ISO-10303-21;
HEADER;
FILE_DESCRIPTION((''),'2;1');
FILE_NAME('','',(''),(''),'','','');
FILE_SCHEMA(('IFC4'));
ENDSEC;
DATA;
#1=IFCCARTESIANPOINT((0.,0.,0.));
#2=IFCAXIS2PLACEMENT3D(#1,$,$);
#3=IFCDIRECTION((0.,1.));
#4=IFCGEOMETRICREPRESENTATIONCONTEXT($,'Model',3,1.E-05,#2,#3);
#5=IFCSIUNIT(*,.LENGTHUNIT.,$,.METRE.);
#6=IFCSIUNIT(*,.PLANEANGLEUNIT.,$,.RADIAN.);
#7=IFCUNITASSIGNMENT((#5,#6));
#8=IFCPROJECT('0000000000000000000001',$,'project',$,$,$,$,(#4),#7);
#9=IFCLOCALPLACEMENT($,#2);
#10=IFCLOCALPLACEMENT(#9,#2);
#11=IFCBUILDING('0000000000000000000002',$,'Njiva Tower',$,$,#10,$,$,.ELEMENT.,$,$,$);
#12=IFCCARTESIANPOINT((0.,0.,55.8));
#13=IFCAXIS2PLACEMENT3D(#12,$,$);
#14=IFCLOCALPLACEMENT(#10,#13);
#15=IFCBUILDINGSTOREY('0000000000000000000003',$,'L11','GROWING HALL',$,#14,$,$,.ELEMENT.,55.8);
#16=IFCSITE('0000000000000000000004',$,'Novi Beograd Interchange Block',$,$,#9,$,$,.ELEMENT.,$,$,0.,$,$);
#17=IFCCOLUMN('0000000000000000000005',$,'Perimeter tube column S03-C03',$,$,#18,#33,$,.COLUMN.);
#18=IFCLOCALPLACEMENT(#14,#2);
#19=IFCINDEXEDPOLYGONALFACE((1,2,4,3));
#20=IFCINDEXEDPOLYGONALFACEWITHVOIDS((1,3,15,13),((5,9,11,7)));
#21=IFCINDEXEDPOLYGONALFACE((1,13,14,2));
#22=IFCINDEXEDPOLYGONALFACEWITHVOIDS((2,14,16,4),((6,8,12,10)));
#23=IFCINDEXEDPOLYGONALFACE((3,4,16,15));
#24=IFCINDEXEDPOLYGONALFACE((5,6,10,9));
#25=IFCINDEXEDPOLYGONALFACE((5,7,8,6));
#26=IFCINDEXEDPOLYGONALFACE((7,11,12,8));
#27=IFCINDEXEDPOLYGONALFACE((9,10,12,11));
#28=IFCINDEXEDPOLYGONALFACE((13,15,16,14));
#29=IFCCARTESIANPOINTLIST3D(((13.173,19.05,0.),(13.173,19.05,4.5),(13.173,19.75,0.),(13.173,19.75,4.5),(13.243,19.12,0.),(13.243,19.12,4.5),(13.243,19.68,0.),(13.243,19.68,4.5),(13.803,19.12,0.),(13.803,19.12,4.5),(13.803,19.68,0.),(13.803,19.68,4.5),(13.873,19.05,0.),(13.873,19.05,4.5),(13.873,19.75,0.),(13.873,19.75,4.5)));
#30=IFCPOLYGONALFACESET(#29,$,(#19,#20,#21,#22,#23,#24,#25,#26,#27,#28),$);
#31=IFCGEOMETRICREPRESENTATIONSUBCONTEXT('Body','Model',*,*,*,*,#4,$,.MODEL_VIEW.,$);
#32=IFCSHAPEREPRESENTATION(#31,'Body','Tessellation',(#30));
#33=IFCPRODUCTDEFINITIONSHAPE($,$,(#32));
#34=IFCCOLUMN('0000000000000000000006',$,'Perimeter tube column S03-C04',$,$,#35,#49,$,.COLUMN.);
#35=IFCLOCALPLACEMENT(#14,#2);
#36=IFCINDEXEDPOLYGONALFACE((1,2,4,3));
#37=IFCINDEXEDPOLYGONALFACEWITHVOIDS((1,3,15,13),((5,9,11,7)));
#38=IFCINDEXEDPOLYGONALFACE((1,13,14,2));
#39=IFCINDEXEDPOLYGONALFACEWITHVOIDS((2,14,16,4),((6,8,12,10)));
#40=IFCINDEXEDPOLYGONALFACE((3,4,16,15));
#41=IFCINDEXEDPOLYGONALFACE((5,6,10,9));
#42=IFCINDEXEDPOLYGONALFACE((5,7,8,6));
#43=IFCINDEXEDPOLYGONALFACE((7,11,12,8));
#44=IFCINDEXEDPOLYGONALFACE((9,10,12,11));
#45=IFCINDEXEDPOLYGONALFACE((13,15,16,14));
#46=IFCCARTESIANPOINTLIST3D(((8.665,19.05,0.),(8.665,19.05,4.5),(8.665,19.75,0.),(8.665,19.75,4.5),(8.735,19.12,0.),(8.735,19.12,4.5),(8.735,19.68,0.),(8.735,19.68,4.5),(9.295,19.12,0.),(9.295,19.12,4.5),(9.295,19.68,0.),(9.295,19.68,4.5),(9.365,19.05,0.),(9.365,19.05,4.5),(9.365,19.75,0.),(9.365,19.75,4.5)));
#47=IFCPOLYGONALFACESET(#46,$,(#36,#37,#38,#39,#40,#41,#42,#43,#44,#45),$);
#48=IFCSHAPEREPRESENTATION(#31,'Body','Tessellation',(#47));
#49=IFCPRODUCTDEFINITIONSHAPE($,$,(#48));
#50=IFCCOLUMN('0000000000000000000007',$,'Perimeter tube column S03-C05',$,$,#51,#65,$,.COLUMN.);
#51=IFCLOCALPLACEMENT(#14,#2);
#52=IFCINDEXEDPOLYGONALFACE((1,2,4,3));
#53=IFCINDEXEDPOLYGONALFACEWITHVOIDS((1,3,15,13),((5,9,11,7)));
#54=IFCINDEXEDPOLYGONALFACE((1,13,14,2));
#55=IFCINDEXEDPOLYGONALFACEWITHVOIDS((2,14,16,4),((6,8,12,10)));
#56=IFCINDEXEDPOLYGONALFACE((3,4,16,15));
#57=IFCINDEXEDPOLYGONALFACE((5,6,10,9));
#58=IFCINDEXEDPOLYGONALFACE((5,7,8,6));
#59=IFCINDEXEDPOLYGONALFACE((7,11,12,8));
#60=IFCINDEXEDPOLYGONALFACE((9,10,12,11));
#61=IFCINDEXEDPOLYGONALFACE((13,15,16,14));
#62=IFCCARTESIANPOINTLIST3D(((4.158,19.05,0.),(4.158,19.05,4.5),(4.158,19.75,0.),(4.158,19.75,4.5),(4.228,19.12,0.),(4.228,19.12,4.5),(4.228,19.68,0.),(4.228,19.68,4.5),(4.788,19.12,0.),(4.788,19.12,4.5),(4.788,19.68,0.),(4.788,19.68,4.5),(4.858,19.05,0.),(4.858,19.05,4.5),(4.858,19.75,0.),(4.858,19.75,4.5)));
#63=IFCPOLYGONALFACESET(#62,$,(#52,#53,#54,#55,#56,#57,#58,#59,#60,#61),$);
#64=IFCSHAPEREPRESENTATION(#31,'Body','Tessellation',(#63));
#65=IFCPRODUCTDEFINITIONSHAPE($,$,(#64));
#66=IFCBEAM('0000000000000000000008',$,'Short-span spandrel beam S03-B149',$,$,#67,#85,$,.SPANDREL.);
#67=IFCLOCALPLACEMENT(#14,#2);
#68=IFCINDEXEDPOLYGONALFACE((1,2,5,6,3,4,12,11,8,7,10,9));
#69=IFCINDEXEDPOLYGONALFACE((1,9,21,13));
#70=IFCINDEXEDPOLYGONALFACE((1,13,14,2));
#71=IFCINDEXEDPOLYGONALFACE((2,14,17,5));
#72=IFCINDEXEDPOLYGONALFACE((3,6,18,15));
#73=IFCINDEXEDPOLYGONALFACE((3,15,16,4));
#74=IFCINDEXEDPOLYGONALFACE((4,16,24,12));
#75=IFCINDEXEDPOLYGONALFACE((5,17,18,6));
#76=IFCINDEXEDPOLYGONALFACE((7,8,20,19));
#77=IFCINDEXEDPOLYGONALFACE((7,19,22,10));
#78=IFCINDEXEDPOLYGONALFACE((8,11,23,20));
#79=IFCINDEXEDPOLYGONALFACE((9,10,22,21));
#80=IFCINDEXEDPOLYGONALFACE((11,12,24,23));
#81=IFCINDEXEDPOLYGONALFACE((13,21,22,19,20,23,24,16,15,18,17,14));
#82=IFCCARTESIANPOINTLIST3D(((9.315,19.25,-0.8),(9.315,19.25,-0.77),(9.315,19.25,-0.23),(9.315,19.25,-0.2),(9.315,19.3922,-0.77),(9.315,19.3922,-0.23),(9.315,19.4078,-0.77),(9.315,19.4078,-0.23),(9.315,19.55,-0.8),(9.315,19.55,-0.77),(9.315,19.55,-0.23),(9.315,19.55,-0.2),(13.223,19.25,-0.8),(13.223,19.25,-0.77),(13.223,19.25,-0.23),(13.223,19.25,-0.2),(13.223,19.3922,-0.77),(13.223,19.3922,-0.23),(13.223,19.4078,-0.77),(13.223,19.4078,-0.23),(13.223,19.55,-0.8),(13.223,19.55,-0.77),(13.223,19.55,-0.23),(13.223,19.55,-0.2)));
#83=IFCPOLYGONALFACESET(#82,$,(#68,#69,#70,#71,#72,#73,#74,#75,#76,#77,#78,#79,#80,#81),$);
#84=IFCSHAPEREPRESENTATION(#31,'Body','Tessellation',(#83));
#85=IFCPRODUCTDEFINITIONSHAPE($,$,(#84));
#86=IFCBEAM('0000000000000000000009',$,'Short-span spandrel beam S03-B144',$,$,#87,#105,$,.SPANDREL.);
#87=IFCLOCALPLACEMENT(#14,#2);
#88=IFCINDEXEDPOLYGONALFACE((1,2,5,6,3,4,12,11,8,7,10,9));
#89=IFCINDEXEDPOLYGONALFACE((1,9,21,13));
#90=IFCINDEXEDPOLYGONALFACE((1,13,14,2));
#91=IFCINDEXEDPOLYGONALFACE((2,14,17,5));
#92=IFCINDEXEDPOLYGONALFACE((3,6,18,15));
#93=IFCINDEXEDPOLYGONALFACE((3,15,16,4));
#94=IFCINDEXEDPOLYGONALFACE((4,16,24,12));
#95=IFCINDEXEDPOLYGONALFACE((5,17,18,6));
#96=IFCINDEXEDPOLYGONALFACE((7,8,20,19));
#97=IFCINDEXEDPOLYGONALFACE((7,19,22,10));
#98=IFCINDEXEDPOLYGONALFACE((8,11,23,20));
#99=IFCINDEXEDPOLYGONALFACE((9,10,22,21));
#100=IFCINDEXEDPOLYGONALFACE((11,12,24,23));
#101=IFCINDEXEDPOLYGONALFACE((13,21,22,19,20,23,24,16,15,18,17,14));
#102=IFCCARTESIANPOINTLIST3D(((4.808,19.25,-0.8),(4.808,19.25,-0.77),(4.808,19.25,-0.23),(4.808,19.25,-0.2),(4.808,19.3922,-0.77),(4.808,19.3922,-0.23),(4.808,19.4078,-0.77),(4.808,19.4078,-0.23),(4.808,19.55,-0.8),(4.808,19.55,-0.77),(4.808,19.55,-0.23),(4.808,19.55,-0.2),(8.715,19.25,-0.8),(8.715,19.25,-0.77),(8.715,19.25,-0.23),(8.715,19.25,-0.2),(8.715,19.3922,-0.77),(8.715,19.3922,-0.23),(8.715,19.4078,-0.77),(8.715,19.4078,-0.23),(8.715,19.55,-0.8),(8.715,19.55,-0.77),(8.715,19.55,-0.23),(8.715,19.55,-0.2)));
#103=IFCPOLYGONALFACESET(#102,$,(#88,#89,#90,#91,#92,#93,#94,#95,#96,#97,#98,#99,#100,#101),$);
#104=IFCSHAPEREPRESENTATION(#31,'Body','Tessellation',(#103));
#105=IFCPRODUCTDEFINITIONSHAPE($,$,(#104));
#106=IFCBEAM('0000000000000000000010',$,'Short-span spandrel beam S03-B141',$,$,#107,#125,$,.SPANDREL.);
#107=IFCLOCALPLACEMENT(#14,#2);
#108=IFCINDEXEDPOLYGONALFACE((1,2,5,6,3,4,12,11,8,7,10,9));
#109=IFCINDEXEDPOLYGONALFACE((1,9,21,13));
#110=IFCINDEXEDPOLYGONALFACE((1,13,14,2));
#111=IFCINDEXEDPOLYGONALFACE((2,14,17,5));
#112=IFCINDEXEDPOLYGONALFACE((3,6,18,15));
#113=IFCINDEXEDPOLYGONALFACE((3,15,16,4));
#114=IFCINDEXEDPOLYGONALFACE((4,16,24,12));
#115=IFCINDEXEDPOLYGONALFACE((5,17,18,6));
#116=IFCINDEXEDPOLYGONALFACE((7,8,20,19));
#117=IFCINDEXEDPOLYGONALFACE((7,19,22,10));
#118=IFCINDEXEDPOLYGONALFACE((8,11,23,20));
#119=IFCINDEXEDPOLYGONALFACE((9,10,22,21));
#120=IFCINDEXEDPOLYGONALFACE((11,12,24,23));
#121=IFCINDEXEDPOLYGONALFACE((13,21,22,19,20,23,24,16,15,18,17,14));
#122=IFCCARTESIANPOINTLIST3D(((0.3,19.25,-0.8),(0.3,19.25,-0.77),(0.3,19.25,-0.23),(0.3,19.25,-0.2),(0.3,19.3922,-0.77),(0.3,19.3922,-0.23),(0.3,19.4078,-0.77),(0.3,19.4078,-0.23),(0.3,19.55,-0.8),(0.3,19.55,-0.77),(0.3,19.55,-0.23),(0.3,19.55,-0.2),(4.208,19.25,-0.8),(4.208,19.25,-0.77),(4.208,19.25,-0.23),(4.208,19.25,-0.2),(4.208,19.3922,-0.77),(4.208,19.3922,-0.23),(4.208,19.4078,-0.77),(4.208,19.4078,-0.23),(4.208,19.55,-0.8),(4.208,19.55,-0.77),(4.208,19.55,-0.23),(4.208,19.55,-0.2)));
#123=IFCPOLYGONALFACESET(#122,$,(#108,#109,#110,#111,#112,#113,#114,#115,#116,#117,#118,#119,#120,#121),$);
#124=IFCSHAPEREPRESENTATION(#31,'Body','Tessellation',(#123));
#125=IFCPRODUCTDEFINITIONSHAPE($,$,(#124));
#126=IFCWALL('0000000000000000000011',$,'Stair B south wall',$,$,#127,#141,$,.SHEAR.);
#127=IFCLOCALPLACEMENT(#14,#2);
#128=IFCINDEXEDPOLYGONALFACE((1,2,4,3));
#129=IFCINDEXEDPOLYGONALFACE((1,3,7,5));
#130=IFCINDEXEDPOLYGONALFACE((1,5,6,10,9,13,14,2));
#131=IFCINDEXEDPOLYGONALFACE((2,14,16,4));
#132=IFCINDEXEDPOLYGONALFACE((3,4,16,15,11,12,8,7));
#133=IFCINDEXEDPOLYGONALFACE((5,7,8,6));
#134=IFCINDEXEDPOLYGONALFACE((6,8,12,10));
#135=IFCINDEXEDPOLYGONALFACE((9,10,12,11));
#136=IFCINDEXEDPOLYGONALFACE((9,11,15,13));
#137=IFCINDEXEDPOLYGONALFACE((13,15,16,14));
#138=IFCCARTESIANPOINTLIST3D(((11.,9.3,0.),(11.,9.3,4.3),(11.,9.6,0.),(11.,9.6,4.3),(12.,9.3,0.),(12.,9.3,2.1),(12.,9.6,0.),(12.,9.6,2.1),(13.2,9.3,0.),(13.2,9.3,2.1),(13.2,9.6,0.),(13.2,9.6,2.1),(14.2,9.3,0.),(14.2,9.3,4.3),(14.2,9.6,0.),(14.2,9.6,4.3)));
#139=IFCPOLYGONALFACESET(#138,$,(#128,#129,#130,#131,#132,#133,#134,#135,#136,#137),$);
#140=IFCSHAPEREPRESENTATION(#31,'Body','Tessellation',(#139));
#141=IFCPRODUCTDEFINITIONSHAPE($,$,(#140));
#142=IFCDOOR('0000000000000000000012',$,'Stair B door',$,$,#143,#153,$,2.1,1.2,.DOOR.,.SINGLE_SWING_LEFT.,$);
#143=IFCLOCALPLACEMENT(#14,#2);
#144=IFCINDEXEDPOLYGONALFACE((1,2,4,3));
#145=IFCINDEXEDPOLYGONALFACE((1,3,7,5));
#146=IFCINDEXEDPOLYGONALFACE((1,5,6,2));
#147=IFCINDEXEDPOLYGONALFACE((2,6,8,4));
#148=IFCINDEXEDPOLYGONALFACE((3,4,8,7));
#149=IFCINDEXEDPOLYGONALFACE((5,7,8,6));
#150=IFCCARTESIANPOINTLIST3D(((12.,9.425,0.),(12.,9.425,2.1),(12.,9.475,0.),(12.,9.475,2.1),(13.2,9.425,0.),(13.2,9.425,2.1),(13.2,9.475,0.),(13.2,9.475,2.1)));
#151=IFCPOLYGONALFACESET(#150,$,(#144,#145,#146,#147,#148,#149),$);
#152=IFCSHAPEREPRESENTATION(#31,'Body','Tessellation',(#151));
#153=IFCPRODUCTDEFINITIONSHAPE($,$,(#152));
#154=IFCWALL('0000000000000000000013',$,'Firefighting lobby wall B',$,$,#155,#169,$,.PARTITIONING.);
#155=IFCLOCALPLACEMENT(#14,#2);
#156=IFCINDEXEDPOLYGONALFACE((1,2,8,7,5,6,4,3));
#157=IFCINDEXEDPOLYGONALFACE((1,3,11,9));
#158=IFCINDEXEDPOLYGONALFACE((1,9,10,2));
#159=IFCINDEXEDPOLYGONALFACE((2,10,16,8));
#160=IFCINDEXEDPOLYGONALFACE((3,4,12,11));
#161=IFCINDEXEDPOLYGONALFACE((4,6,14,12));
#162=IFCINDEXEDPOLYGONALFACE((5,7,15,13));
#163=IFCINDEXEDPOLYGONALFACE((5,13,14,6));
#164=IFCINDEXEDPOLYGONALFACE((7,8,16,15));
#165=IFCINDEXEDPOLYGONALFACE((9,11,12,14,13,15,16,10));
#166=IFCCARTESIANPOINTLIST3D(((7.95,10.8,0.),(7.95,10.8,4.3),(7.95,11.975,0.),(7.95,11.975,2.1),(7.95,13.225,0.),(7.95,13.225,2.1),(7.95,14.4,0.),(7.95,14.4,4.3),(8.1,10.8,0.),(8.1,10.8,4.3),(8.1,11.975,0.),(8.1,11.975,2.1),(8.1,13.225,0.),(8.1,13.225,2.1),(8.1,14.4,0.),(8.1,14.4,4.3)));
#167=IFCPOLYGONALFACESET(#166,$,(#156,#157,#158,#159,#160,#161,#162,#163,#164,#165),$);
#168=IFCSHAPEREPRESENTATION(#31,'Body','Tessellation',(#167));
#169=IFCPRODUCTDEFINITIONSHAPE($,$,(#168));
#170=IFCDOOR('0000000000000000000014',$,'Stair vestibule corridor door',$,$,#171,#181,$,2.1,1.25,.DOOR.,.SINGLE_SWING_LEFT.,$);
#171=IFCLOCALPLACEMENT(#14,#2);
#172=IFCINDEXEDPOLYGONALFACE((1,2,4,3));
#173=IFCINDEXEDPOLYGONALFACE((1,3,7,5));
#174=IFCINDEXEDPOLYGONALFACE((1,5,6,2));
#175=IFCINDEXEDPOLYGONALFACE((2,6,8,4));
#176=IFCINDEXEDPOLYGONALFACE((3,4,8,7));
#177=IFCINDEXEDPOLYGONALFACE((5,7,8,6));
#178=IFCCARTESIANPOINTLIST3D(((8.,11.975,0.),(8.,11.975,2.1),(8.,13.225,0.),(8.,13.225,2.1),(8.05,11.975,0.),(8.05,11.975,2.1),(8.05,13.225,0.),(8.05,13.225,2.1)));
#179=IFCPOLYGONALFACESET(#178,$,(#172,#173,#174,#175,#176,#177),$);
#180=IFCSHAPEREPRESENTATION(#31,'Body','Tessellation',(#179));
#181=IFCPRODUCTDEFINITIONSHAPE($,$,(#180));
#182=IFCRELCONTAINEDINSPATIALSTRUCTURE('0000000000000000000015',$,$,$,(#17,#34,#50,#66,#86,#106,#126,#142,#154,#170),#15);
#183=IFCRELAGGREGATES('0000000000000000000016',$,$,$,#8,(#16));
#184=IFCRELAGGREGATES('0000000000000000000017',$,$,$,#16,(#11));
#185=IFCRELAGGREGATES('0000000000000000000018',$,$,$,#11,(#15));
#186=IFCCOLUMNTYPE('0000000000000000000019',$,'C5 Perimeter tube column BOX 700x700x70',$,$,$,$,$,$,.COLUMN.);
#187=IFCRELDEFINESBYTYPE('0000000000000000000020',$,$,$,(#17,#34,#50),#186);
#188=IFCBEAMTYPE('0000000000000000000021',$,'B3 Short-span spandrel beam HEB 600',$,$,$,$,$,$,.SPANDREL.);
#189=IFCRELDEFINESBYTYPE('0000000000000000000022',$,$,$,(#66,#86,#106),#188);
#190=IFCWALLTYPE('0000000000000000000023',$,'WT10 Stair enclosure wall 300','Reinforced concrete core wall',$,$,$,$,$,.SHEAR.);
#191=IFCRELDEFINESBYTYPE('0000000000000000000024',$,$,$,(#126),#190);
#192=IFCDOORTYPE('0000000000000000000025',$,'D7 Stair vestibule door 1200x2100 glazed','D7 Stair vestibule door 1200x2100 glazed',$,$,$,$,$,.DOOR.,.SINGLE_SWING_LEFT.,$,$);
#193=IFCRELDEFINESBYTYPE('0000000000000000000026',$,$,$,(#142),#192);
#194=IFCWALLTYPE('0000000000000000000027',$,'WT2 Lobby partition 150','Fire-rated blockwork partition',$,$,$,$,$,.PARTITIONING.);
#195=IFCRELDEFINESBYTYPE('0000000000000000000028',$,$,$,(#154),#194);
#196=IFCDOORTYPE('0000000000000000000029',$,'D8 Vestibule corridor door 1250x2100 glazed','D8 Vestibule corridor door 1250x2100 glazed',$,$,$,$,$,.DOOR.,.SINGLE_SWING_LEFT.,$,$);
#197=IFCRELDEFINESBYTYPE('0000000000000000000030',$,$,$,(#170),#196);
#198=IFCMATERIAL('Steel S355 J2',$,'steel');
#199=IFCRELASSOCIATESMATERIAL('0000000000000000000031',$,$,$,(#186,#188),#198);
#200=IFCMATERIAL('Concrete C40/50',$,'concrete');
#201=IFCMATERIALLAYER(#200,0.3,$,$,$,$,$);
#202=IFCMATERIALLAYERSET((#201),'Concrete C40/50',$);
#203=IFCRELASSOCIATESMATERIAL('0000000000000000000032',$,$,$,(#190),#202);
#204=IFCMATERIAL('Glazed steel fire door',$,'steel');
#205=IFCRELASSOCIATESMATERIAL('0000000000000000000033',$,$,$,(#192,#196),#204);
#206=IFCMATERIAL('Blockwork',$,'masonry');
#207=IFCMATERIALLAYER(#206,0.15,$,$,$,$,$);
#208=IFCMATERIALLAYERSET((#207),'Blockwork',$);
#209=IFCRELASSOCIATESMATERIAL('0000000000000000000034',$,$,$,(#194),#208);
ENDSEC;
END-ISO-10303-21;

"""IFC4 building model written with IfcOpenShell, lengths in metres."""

from ifc_helpers import new_model, si_unit, direction, frame, frame_2d, origin, origin_2d, place, context, subcontext, project, spatial, rectangle, hollow_rectangle, i_section, extrude, material, layer, layer_set, material_profile, profile_set, type_object, element, fill, save


model = new_model("IFC4")

# Units and contexts
model_context = context("Model", 3, precision=1e-05, world=origin(), true_north=direction((0.0, 1.0)))
body_context = subcontext(model_context, "Body", "Model", "MODEL_VIEW")
ifc_project = project(units=[si_unit("LENGTHUNIT", "METRE"), si_unit("PLANEANGLEUNIT", "RADIAN")], contexts=[model_context])

# Site, building, storey
site_placement = place(None, origin())
site = spatial("IfcSite", under=ifc_project, at=site_placement, Name="Novi Beograd Interchange Block", CompositionType="ELEMENT", RefElevation=0.0)
building_placement = place(site_placement, origin())
building = spatial("IfcBuilding", under=site, at=building_placement, Name="Njiva Tower", CompositionType="ELEMENT")
storey_placement = place(building_placement, frame((0.0, 0.0, 55.8)))
storey = spatial("IfcBuildingStorey", under=building, at=storey_placement, Name="L11", Description="GROWING HALL", CompositionType="ELEMENT", Elevation=55.8)

# Columns
ifc_material_1 = material(Name="Steel S355 J2", Category="steel")
ifc_material_profile_1 = material_profile(ifc_material_1, hollow_rectangle(XDim=0.7, YDim=0.7, WallThickness=0.07, at=origin_2d()), Name="BOX 700x700x70")
ifc_profile_set_1 = profile_set([ifc_material_profile_1], Name="Steel S355 J2")
column_type = type_object("IfcColumnType", Name="C5 Perimeter tube column BOX 700x700x70", PredefinedType="COLUMN", material=ifc_profile_set_1)
for number, where, z_axis, x_axis, name in (
    (1, (13.523, 19.4, 0.0), (0.0, 0.0, 1.0), (-1.0, 0.0, 0.0), "Perimeter tube column S03-C03"),
    (2, (9.015, 19.4, 0.0), (0.0, 0.0, 1.0), (-1.0, 0.0, 0.0), "Perimeter tube column S03-C04"),
    (3, (4.508, 19.4, 0.0), (0.0, 0.0, 1.0), (-1.0, 0.0, 0.0), "Perimeter tube column S03-C05"),
):
    element("IfcColumn", number, at=place(storey_placement, frame(where, z_axis=z_axis, x_axis=x_axis)), inside=storey, type_object=column_type, Name=name, PredefinedType="COLUMN", context=body_context, shape_type="SweptSolid", body=[
        extrude(hollow_rectangle(XDim=0.7, YDim=0.7, WallThickness=0.07, at=origin_2d()), origin(), (0.0, 0.0, 1.0), 4.5),
    ])

# Beams
ifc_material_profile_2 = material_profile(ifc_material_1, i_section(OverallWidth=0.3, OverallDepth=0.6, WebThickness=0.0155, FlangeThickness=0.03, at=origin_2d()), Name="HEB 600")
ifc_profile_set_2 = profile_set([ifc_material_profile_2], Name="Steel S355 J2")
beam_type = type_object("IfcBeamType", Name="B3 Short-span spandrel beam HEB 600", PredefinedType="SPANDREL", material=ifc_profile_set_2)
beam_1_placement = place(storey_placement, frame((13.223, 19.4, -0.5), z_axis=(-1.0, 0.0, 0.0), x_axis=(0.0, -1.0, 0.0)))
element("IfcBeam", 4, at=beam_1_placement, inside=storey, type_object=beam_type, Name="Short-span spandrel beam S03-B149", PredefinedType="SPANDREL", context=body_context, shape_type="SweptSolid", body=[
    extrude(i_section(OverallWidth=0.3, OverallDepth=0.6, WebThickness=0.0155, FlangeThickness=0.03, at=origin_2d()), origin(), (0.0, 0.0, 1.0), 3.908),
])
beam_2_placement = place(storey_placement, frame((8.715, 19.4, -0.5), z_axis=(-1.0, 0.0, 0.0), x_axis=(0.0, -1.0, 0.0)))
element("IfcBeam", 5, at=beam_2_placement, inside=storey, type_object=beam_type, Name="Short-span spandrel beam S03-B144", PredefinedType="SPANDREL", context=body_context, shape_type="SweptSolid", body=[
    extrude(i_section(OverallWidth=0.3, OverallDepth=0.6, WebThickness=0.0155, FlangeThickness=0.03, at=origin_2d()), origin(), (0.0, 0.0, 1.0), 3.907),
])
beam_3_placement = place(storey_placement, frame((4.208, 19.4, -0.5), z_axis=(-1.0, 0.0, 0.0), x_axis=(0.0, -1.0, 0.0)))
element("IfcBeam", 6, at=beam_3_placement, inside=storey, type_object=beam_type, Name="Short-span spandrel beam S03-B141", PredefinedType="SPANDREL", context=body_context, shape_type="SweptSolid", body=[
    extrude(i_section(OverallWidth=0.3, OverallDepth=0.6, WebThickness=0.0155, FlangeThickness=0.03, at=origin_2d()), origin(), (0.0, 0.0, 1.0), 3.908),
])

# Walls, openings, doors
ifc_material_2 = material(Name="Concrete C40/50", Category="concrete")
ifc_layer_1 = layer(ifc_material_2, 0.3)
ifc_layer_set_1 = layer_set([ifc_layer_1], Name="Concrete C40/50")
wall_type_1 = type_object("IfcWallType", Name="WT10 Stair enclosure wall 300", Description="Reinforced concrete core wall", PredefinedType="SHEAR", material=ifc_layer_set_1)
wall_1_placement = place(storey_placement, frame((11.0, 9.45, 0.0), z_axis=(0.0, 0.0, 1.0), x_axis=(1.0, 0.0, 0.0)))
wall_1 = element("IfcWall", 7, at=wall_1_placement, inside=storey, type_object=wall_type_1, Name="Stair B south wall", PredefinedType="SHEAR", context=body_context, shape_type="SweptSolid", body=[
    extrude(rectangle(XDim=3.2, YDim=0.3, at=frame_2d((1.6, 0.0))), origin(), (0.0, 0.0, 1.0), 4.3),
])
opening_1_placement = place(wall_1_placement, frame((1.0, 0.0, 0.0)))
opening_1 = element("IfcOpeningElement", 8, at=opening_1_placement, cuts=wall_1, PredefinedType="OPENING", context=body_context, shape_type="SweptSolid", body=[
    extrude(rectangle(XDim=1.2, YDim=2.1, at=frame_2d((0.6, 1.05))), frame((0.0, 0.16, 0.0), z_axis=(0.0, -1.0, 0.0), x_axis=(1.0, 0.0, 0.0)), (0.0, 0.0, 1.0), 0.32),
])
ifc_material_3 = material(Name="Glazed steel fire door", Category="steel")
door_type_1 = type_object("IfcDoorType", Name="D7 Stair vestibule door 1200x2100 glazed", Description="D7 Stair vestibule door 1200x2100 glazed", OperationType="SINGLE_SWING_LEFT", PredefinedType="DOOR", material=ifc_material_3)
door_1_placement = place(opening_1_placement, origin())
door_1 = element("IfcDoor", 9, at=door_1_placement, inside=storey, type_object=door_type_1, Name="Stair B door", OperationType="SINGLE_SWING_LEFT", OverallHeight=2.1, OverallWidth=1.2, PredefinedType="DOOR", context=body_context, shape_type="SweptSolid", body=[
    extrude(rectangle(XDim=1.2, YDim=2.1, at=frame_2d((0.6, 1.05))), frame((0.0, 0.025, 0.0), z_axis=(0.0, -1.0, 0.0), x_axis=(1.0, 0.0, 0.0)), (0.0, 0.0, 1.0), 0.05),
])
fill(opening_1, door_1)
ifc_material_4 = material(Name="Blockwork", Category="masonry")
ifc_layer_2 = layer(ifc_material_4, 0.15)
ifc_layer_set_2 = layer_set([ifc_layer_2], Name="Blockwork")
wall_type_2 = type_object("IfcWallType", Name="WT2 Lobby partition 150", Description="Fire-rated blockwork partition", PredefinedType="PARTITIONING", material=ifc_layer_set_2)
wall_2_placement = place(storey_placement, frame((8.025, 10.8, 0.0), z_axis=(0.0, 0.0, 1.0), x_axis=(0.0, 1.0, 0.0)))
wall_2 = element("IfcWall", 10, at=wall_2_placement, inside=storey, type_object=wall_type_2, Name="Firefighting lobby wall B", PredefinedType="PARTITIONING", context=body_context, shape_type="SweptSolid", body=[
    extrude(rectangle(XDim=3.6, YDim=0.15, at=frame_2d((1.8, 0.0))), origin(), (0.0, 0.0, 1.0), 4.3),
])
opening_2_placement = place(wall_2_placement, frame((1.175, 0.0, 0.0)))
opening_2 = element("IfcOpeningElement", 11, at=opening_2_placement, cuts=wall_2, PredefinedType="OPENING", context=body_context, shape_type="SweptSolid", body=[
    extrude(rectangle(XDim=1.25, YDim=2.1, at=frame_2d((0.625, 1.05))), frame((0.0, 0.085, 0.0), z_axis=(0.0, -1.0, 0.0), x_axis=(1.0, 0.0, 0.0)), (0.0, 0.0, 1.0), 0.17),
])
door_type_2 = type_object("IfcDoorType", Name="D8 Vestibule corridor door 1250x2100 glazed", Description="D8 Vestibule corridor door 1250x2100 glazed", OperationType="SINGLE_SWING_LEFT", PredefinedType="DOOR", material=ifc_material_3)
door_2_placement = place(opening_2_placement, origin())
door_2 = element("IfcDoor", 12, at=door_2_placement, inside=storey, type_object=door_type_2, Name="Stair vestibule corridor door", OperationType="SINGLE_SWING_LEFT", OverallHeight=2.1, OverallWidth=1.25, PredefinedType="DOOR", context=body_context, shape_type="SweptSolid", body=[
    extrude(rectangle(XDim=1.25, YDim=2.1, at=frame_2d((0.625, 1.05))), frame((0.0, 0.025, 0.0), z_axis=(0.0, -1.0, 0.0), x_axis=(1.0, 0.0, 0.0)), (0.0, 0.0, 1.0), 0.05),
])
fill(opening_2, door_2)

save(model, "model.ifc")
